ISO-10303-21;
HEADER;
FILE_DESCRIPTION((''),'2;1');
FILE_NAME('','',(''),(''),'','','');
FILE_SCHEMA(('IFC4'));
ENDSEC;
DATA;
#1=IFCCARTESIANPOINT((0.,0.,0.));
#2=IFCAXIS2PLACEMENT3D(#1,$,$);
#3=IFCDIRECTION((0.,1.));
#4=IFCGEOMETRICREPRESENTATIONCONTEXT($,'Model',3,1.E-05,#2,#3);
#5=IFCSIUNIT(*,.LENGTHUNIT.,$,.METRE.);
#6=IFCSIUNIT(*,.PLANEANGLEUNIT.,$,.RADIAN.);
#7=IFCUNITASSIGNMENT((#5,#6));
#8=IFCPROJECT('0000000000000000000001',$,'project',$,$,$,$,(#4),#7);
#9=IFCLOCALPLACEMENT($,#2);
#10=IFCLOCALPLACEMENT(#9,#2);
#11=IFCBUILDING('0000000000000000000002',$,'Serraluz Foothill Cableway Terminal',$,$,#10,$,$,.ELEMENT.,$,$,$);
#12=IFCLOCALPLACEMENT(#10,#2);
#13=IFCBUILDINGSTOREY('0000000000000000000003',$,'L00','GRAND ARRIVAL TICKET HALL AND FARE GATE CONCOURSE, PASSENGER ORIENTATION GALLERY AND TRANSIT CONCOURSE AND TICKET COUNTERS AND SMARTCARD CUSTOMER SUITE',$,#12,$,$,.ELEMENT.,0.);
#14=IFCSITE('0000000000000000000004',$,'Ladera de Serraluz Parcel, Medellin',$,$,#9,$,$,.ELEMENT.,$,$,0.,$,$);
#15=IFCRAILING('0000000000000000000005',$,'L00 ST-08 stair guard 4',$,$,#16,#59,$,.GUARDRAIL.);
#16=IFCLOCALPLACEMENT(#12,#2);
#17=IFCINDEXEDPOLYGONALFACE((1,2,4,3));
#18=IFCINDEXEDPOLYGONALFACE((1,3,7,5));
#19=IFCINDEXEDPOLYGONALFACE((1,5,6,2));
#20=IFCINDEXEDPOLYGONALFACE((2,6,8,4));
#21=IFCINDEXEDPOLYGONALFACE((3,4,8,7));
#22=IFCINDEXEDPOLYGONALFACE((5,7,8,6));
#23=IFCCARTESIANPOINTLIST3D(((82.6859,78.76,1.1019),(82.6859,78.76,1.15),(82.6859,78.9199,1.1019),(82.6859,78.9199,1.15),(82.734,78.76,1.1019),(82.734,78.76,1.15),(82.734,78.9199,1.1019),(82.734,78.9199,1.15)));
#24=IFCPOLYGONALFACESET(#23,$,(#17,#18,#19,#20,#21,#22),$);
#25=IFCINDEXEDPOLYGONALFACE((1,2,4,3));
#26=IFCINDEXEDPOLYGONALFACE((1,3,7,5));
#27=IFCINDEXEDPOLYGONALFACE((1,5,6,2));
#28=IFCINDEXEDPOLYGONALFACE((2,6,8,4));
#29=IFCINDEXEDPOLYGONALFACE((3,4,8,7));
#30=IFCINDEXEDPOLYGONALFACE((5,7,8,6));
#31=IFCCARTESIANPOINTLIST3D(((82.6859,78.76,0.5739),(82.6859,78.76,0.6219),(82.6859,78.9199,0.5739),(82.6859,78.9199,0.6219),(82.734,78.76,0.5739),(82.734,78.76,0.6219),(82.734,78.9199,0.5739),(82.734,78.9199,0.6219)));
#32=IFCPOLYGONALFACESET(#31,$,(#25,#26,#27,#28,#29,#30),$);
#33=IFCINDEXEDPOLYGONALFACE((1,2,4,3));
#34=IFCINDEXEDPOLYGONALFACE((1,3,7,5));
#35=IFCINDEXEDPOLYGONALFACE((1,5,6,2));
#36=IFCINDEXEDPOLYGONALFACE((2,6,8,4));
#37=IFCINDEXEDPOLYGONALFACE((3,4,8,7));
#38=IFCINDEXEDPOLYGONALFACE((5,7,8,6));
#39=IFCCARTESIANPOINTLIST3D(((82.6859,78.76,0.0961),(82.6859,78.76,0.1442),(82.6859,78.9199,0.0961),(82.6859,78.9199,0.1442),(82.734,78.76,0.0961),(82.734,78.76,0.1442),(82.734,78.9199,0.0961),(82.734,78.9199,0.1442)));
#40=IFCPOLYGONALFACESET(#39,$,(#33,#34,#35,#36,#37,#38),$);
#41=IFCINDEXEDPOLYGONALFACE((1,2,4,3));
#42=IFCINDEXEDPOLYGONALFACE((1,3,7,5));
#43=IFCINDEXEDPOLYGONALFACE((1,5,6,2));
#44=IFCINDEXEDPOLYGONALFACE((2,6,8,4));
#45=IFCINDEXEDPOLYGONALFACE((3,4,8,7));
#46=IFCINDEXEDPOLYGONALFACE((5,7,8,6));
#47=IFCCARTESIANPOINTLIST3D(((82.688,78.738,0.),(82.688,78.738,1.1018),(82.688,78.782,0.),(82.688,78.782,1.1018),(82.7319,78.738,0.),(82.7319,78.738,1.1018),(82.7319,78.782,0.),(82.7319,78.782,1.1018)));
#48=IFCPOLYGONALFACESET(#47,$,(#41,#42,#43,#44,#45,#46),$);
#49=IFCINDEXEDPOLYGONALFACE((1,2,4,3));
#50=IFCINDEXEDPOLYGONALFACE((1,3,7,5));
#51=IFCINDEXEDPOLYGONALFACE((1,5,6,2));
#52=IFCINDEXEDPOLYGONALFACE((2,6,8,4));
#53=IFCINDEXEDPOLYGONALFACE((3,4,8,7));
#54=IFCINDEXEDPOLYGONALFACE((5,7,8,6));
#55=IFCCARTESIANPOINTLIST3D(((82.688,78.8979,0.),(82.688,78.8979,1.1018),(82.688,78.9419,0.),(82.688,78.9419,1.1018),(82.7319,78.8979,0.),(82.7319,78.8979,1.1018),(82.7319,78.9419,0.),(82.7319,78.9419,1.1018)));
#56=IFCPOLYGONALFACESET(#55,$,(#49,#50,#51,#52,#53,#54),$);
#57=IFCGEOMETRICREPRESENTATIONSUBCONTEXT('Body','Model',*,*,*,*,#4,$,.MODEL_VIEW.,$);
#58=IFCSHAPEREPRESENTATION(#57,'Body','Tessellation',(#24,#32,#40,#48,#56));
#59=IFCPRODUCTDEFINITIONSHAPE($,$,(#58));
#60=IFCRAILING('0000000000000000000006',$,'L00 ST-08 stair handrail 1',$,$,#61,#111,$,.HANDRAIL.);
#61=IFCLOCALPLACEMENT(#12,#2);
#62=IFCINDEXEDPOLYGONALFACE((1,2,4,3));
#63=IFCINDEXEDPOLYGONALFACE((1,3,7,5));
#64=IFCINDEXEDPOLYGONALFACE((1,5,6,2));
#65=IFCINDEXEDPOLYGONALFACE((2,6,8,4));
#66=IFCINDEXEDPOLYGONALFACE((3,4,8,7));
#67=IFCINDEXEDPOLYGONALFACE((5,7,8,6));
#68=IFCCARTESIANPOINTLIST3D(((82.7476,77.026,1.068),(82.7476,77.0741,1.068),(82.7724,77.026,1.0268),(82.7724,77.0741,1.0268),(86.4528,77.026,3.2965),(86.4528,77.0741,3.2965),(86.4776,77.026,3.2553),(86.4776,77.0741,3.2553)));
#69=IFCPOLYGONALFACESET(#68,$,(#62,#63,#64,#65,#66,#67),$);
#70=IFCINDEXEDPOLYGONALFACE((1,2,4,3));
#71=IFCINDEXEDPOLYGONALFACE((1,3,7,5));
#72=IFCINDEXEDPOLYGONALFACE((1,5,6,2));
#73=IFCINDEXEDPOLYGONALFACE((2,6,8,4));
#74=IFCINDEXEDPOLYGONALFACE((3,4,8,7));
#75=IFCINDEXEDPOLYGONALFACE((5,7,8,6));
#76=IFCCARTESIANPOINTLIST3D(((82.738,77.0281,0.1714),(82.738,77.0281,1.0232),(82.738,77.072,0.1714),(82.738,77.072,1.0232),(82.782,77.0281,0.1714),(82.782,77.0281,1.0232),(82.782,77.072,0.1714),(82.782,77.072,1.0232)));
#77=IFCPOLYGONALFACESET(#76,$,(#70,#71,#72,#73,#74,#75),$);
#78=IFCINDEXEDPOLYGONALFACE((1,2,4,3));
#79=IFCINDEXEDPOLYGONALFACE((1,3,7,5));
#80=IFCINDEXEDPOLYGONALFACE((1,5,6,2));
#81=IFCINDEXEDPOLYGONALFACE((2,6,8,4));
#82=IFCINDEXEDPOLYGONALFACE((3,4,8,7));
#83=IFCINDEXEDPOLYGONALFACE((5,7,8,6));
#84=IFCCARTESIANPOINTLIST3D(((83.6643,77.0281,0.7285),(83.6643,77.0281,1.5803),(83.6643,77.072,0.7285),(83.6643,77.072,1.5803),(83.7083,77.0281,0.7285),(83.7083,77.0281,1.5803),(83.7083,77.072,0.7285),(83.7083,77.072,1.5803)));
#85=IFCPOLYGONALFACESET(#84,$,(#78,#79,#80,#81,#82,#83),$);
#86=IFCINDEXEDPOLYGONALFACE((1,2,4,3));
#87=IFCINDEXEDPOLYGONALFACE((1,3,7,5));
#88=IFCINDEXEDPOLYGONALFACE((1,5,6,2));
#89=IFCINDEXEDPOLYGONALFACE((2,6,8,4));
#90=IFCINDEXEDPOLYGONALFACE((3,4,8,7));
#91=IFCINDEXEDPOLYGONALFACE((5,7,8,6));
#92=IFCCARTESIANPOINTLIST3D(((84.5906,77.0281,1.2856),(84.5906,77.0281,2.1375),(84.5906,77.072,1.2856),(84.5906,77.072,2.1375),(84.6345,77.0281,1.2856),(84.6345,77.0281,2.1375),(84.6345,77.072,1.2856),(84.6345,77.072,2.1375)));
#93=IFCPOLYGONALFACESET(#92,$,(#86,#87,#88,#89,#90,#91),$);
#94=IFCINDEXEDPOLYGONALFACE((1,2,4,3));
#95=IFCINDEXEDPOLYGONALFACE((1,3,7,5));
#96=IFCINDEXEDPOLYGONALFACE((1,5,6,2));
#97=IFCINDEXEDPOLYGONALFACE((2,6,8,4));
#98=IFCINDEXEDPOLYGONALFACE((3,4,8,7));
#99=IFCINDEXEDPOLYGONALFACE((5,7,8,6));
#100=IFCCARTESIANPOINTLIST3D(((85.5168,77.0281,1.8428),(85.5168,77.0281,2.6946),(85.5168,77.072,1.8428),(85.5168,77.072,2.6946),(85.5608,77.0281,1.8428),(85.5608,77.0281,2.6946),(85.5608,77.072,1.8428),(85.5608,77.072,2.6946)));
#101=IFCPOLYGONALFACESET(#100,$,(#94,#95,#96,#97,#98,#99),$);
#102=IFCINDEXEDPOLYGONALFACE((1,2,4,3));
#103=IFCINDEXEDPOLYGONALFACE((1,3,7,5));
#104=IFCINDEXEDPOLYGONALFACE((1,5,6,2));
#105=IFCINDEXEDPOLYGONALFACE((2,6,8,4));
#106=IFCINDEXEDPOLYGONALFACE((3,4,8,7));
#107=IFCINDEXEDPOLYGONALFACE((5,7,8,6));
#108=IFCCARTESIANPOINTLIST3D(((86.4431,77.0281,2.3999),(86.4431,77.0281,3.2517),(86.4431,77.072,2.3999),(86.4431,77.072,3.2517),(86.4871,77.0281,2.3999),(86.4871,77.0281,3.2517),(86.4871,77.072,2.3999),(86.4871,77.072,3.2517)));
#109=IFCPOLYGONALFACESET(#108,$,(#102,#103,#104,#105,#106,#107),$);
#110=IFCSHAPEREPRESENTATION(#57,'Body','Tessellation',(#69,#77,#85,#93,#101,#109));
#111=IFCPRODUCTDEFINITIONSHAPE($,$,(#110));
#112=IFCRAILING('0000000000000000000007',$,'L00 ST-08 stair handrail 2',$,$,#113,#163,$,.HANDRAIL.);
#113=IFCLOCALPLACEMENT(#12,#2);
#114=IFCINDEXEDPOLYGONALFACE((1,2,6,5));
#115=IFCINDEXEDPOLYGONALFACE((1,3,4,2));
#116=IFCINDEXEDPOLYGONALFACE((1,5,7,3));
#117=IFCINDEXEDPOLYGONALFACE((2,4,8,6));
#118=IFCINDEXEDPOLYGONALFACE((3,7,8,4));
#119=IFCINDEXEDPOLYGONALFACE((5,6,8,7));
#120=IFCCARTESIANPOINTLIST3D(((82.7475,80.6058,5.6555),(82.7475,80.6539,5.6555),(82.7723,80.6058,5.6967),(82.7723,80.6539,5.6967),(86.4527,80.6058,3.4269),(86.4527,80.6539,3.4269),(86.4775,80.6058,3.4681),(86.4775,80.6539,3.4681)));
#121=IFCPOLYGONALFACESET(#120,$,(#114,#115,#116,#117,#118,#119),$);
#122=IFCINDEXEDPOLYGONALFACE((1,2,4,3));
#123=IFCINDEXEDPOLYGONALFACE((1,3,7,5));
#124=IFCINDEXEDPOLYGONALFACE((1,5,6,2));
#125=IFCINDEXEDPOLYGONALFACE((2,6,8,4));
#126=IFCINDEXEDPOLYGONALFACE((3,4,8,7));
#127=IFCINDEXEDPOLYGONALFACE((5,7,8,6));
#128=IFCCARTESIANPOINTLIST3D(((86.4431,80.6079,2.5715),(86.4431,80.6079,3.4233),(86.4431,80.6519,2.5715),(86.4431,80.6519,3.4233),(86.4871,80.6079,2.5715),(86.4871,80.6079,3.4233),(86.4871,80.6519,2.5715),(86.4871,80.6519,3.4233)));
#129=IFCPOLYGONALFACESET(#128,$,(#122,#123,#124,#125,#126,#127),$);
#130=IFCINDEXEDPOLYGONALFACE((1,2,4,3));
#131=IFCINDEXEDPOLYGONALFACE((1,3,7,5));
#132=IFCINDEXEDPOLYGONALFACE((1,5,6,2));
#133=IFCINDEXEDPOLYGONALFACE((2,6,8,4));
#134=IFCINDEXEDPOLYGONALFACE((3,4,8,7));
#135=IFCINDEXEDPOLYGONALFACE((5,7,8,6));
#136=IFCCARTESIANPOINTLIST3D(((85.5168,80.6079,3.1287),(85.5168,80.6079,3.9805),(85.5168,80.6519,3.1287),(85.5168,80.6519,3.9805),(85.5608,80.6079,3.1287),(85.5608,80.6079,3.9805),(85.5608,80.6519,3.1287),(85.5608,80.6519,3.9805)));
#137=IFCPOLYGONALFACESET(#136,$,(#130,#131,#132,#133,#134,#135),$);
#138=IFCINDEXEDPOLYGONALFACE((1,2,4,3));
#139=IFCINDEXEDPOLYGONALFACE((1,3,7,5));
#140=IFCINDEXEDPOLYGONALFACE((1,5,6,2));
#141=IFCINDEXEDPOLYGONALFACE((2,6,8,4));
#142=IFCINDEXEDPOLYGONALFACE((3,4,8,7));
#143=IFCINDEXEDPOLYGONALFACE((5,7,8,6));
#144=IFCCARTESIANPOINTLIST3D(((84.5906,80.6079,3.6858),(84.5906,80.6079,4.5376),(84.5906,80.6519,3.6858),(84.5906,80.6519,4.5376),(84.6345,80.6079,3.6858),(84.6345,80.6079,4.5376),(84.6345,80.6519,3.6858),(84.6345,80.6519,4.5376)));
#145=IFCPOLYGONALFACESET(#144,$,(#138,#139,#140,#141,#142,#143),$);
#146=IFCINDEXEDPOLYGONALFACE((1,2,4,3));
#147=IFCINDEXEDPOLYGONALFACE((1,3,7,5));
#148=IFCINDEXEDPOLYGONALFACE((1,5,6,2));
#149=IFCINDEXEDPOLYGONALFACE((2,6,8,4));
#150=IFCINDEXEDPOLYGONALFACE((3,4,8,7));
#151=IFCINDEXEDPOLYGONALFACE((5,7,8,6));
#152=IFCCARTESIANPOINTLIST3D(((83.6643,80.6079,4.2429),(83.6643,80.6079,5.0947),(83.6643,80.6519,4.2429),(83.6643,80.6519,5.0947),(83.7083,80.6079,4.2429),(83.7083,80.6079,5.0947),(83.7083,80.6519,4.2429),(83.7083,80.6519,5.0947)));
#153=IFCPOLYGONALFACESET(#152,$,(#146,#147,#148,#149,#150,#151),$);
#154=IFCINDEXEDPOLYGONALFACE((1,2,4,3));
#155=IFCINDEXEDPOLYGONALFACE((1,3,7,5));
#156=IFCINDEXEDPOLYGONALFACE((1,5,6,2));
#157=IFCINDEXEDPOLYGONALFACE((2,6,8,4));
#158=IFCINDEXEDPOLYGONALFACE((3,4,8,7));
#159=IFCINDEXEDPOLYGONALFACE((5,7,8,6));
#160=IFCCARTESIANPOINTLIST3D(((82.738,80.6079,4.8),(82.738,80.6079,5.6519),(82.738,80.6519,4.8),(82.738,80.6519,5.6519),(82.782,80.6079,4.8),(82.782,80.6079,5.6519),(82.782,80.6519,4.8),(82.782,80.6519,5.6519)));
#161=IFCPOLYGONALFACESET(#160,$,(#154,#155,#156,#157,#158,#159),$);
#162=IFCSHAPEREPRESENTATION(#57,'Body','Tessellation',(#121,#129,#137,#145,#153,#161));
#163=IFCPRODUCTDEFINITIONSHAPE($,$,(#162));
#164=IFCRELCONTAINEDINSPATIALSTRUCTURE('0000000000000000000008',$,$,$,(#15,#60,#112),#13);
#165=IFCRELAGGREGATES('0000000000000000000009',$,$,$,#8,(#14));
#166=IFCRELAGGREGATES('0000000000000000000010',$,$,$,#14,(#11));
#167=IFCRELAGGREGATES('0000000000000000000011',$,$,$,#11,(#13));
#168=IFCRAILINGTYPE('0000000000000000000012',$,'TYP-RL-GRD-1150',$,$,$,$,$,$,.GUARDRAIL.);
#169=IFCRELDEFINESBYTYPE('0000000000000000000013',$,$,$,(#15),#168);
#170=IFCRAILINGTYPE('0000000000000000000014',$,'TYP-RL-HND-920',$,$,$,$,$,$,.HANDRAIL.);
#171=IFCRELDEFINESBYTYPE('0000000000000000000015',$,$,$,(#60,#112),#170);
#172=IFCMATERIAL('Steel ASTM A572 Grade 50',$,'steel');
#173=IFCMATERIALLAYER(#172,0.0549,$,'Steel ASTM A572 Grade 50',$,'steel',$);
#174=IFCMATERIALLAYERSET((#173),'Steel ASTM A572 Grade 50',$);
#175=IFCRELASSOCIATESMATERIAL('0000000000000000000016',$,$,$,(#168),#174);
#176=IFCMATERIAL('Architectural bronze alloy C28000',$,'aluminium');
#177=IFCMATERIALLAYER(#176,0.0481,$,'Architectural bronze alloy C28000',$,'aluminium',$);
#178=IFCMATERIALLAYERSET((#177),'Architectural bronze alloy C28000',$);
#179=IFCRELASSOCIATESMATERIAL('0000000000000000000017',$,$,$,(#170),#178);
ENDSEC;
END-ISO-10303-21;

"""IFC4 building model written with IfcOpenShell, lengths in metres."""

from ifc_helpers import new_model, si_unit, direction, frame, origin, origin_2d, place, context, subcontext, project, spatial, rectangle, extrude, material, layer, layer_set, type_object, element, save


model = new_model("IFC4")

# Units and contexts
model_context = context("Model", 3, precision=1e-05, world=origin(), true_north=direction((0.0, 1.0)))
body_context = subcontext(model_context, "Body", "Model", "MODEL_VIEW")
ifc_project = project(units=[si_unit("LENGTHUNIT", "METRE"), si_unit("PLANEANGLEUNIT", "RADIAN")], contexts=[model_context])

# Site, building, storey
site_placement = place(None, origin())
site = spatial("IfcSite", under=ifc_project, at=site_placement, Name="Ladera de Serraluz Parcel, Medellin", CompositionType="ELEMENT", RefElevation=0.0)
building_placement = place(site_placement, origin())
building = spatial("IfcBuilding", under=site, at=building_placement, Name="Serraluz Foothill Cableway Terminal", CompositionType="ELEMENT")
storey_placement = place(building_placement, origin())
storey = spatial("IfcBuildingStorey", under=building, at=storey_placement, Name="L00", Description="GRAND ARRIVAL TICKET HALL AND FARE GATE CONCOURSE, PASSENGER ORIENTATION GALLERY AND TRANSIT CONCOURSE AND TICKET COUNTERS AND SMARTCARD CUSTOMER SUITE", CompositionType="ELEMENT", Elevation=0.0)

# Railings
ifc_material_1 = material(Name="Steel ASTM A572 Grade 50", Category="steel")
ifc_layer_1 = layer(ifc_material_1, 0.0549, Name="Steel ASTM A572 Grade 50", Category="steel")
ifc_layer_set_1 = layer_set([ifc_layer_1], Name="Steel ASTM A572 Grade 50")
railing_type_1 = type_object("IfcRailingType", Name="TYP-RL-GRD-1150", PredefinedType="GUARDRAIL", material=ifc_layer_set_1)
railing_1_placement = place(storey_placement, frame((82.71, 78.76, 0.0)))
element("IfcRailing", 1, at=railing_1_placement, inside=storey, type_object=railing_type_1, Name="L00 ST-08 stair guard 4", PredefinedType="GUARDRAIL", context=body_context, shape_type="SweptSolid", body=[
    extrude(rectangle(XDim=0.0481, YDim=0.0481, at=origin_2d()), frame((0.0, 0.0, 1.126), z_axis=(0.0, 1.0, 0.0), x_axis=(-1.0, 0.0, 0.0)), (0.0, 0.0, 1.0), 0.1599),
    extrude(rectangle(XDim=0.0481, YDim=0.0481, at=origin_2d()), frame((0.0, 0.0, 0.5979), z_axis=(0.0, 1.0, 0.0), x_axis=(-1.0, 0.0, 0.0)), (0.0, 0.0, 1.0), 0.1599),
    extrude(rectangle(XDim=0.0481, YDim=0.0481, at=origin_2d()), frame((0.0, 0.0, 0.1201), z_axis=(0.0, 1.0, 0.0), x_axis=(-1.0, 0.0, 0.0)), (0.0, 0.0, 1.0), 0.1599),
    extrude(rectangle(XDim=0.0439, YDim=0.0439, at=origin_2d()), origin(), (0.0, 0.0, 1.0), 1.1018),
    extrude(rectangle(XDim=0.0439, YDim=0.0439, at=origin_2d()), frame((0.0, 0.1599, 0.0)), (0.0, 0.0, 1.0), 1.1018),
])
ifc_material_2 = material(Name="Architectural bronze alloy C28000", Category="aluminium")
ifc_layer_2 = layer(ifc_material_2, 0.0481, Name="Architectural bronze alloy C28000", Category="aluminium")
ifc_layer_set_2 = layer_set([ifc_layer_2], Name="Architectural bronze alloy C28000")
railing_type_2 = type_object("IfcRailingType", Name="TYP-RL-HND-920", PredefinedType="HANDRAIL", material=ifc_layer_set_2)
railing_2_placement = place(storey_placement, frame((82.76, 77.05, 0.1714)))
element("IfcRailing", 2, at=railing_2_placement, inside=storey, type_object=railing_type_2, Name="L00 ST-08 stair handrail 1", PredefinedType="HANDRAIL", context=body_context, shape_type="SweptSolid", body=[
    extrude(rectangle(XDim=0.0481, YDim=0.0481, at=origin_2d()), frame((0.0, 0.0, 0.876), z_axis=(0.856934, 0.0, 0.515425), x_axis=(0.0, 1.0, 0.0)), (0.0, 0.0, 1.0), 4.3237),
    extrude(rectangle(XDim=0.0439, YDim=0.0439, at=origin_2d()), origin(), (0.0, 0.0, 1.0), 0.8518),
    extrude(rectangle(XDim=0.0439, YDim=0.0439, at=origin_2d()), frame((0.9263, 0.0, 0.5571)), (0.0, 0.0, 1.0), 0.8518),
    extrude(rectangle(XDim=0.0439, YDim=0.0439, at=origin_2d()), frame((1.8525, 0.0, 1.1143)), (0.0, 0.0, 1.0), 0.8518),
    extrude(rectangle(XDim=0.0439, YDim=0.0439, at=origin_2d()), frame((2.7788, 0.0, 1.6714)), (0.0, 0.0, 1.0), 0.8518),
    extrude(rectangle(XDim=0.0439, YDim=0.0439, at=origin_2d()), frame((3.7051, 0.0, 2.2285)), (0.0, 0.0, 1.0), 0.8518),
])
railing_3_placement = place(storey_placement, frame((86.4651, 80.6299, 2.5715)))
element("IfcRailing", 3, at=railing_3_placement, inside=storey, type_object=railing_type_2, Name="L00 ST-08 stair handrail 2", PredefinedType="HANDRAIL", context=body_context, shape_type="SweptSolid", body=[
    extrude(rectangle(XDim=0.0481, YDim=0.0481, at=origin_2d()), frame((0.0, 0.0, 0.876), z_axis=(-0.856934, 0.0, 0.515425), x_axis=(0.0, -1.0, 0.0)), (0.0, 0.0, 1.0), 4.3237),
    extrude(rectangle(XDim=0.0439, YDim=0.0439, at=origin_2d()), origin(), (0.0, 0.0, 1.0), 0.8518),
    extrude(rectangle(XDim=0.0439, YDim=0.0439, at=origin_2d()), frame((-0.9263, 0.0, 0.5571)), (0.0, 0.0, 1.0), 0.8518),
    extrude(rectangle(XDim=0.0439, YDim=0.0439, at=origin_2d()), frame((-1.8525, 0.0, 1.1143)), (0.0, 0.0, 1.0), 0.8518),
    extrude(rectangle(XDim=0.0439, YDim=0.0439, at=origin_2d()), frame((-2.7788, 0.0, 1.6714)), (0.0, 0.0, 1.0), 0.8518),
    extrude(rectangle(XDim=0.0439, YDim=0.0439, at=origin_2d()), frame((-3.7051, 0.0, 2.2285)), (0.0, 0.0, 1.0), 0.8518),
])

save(model, "model.ifc")
